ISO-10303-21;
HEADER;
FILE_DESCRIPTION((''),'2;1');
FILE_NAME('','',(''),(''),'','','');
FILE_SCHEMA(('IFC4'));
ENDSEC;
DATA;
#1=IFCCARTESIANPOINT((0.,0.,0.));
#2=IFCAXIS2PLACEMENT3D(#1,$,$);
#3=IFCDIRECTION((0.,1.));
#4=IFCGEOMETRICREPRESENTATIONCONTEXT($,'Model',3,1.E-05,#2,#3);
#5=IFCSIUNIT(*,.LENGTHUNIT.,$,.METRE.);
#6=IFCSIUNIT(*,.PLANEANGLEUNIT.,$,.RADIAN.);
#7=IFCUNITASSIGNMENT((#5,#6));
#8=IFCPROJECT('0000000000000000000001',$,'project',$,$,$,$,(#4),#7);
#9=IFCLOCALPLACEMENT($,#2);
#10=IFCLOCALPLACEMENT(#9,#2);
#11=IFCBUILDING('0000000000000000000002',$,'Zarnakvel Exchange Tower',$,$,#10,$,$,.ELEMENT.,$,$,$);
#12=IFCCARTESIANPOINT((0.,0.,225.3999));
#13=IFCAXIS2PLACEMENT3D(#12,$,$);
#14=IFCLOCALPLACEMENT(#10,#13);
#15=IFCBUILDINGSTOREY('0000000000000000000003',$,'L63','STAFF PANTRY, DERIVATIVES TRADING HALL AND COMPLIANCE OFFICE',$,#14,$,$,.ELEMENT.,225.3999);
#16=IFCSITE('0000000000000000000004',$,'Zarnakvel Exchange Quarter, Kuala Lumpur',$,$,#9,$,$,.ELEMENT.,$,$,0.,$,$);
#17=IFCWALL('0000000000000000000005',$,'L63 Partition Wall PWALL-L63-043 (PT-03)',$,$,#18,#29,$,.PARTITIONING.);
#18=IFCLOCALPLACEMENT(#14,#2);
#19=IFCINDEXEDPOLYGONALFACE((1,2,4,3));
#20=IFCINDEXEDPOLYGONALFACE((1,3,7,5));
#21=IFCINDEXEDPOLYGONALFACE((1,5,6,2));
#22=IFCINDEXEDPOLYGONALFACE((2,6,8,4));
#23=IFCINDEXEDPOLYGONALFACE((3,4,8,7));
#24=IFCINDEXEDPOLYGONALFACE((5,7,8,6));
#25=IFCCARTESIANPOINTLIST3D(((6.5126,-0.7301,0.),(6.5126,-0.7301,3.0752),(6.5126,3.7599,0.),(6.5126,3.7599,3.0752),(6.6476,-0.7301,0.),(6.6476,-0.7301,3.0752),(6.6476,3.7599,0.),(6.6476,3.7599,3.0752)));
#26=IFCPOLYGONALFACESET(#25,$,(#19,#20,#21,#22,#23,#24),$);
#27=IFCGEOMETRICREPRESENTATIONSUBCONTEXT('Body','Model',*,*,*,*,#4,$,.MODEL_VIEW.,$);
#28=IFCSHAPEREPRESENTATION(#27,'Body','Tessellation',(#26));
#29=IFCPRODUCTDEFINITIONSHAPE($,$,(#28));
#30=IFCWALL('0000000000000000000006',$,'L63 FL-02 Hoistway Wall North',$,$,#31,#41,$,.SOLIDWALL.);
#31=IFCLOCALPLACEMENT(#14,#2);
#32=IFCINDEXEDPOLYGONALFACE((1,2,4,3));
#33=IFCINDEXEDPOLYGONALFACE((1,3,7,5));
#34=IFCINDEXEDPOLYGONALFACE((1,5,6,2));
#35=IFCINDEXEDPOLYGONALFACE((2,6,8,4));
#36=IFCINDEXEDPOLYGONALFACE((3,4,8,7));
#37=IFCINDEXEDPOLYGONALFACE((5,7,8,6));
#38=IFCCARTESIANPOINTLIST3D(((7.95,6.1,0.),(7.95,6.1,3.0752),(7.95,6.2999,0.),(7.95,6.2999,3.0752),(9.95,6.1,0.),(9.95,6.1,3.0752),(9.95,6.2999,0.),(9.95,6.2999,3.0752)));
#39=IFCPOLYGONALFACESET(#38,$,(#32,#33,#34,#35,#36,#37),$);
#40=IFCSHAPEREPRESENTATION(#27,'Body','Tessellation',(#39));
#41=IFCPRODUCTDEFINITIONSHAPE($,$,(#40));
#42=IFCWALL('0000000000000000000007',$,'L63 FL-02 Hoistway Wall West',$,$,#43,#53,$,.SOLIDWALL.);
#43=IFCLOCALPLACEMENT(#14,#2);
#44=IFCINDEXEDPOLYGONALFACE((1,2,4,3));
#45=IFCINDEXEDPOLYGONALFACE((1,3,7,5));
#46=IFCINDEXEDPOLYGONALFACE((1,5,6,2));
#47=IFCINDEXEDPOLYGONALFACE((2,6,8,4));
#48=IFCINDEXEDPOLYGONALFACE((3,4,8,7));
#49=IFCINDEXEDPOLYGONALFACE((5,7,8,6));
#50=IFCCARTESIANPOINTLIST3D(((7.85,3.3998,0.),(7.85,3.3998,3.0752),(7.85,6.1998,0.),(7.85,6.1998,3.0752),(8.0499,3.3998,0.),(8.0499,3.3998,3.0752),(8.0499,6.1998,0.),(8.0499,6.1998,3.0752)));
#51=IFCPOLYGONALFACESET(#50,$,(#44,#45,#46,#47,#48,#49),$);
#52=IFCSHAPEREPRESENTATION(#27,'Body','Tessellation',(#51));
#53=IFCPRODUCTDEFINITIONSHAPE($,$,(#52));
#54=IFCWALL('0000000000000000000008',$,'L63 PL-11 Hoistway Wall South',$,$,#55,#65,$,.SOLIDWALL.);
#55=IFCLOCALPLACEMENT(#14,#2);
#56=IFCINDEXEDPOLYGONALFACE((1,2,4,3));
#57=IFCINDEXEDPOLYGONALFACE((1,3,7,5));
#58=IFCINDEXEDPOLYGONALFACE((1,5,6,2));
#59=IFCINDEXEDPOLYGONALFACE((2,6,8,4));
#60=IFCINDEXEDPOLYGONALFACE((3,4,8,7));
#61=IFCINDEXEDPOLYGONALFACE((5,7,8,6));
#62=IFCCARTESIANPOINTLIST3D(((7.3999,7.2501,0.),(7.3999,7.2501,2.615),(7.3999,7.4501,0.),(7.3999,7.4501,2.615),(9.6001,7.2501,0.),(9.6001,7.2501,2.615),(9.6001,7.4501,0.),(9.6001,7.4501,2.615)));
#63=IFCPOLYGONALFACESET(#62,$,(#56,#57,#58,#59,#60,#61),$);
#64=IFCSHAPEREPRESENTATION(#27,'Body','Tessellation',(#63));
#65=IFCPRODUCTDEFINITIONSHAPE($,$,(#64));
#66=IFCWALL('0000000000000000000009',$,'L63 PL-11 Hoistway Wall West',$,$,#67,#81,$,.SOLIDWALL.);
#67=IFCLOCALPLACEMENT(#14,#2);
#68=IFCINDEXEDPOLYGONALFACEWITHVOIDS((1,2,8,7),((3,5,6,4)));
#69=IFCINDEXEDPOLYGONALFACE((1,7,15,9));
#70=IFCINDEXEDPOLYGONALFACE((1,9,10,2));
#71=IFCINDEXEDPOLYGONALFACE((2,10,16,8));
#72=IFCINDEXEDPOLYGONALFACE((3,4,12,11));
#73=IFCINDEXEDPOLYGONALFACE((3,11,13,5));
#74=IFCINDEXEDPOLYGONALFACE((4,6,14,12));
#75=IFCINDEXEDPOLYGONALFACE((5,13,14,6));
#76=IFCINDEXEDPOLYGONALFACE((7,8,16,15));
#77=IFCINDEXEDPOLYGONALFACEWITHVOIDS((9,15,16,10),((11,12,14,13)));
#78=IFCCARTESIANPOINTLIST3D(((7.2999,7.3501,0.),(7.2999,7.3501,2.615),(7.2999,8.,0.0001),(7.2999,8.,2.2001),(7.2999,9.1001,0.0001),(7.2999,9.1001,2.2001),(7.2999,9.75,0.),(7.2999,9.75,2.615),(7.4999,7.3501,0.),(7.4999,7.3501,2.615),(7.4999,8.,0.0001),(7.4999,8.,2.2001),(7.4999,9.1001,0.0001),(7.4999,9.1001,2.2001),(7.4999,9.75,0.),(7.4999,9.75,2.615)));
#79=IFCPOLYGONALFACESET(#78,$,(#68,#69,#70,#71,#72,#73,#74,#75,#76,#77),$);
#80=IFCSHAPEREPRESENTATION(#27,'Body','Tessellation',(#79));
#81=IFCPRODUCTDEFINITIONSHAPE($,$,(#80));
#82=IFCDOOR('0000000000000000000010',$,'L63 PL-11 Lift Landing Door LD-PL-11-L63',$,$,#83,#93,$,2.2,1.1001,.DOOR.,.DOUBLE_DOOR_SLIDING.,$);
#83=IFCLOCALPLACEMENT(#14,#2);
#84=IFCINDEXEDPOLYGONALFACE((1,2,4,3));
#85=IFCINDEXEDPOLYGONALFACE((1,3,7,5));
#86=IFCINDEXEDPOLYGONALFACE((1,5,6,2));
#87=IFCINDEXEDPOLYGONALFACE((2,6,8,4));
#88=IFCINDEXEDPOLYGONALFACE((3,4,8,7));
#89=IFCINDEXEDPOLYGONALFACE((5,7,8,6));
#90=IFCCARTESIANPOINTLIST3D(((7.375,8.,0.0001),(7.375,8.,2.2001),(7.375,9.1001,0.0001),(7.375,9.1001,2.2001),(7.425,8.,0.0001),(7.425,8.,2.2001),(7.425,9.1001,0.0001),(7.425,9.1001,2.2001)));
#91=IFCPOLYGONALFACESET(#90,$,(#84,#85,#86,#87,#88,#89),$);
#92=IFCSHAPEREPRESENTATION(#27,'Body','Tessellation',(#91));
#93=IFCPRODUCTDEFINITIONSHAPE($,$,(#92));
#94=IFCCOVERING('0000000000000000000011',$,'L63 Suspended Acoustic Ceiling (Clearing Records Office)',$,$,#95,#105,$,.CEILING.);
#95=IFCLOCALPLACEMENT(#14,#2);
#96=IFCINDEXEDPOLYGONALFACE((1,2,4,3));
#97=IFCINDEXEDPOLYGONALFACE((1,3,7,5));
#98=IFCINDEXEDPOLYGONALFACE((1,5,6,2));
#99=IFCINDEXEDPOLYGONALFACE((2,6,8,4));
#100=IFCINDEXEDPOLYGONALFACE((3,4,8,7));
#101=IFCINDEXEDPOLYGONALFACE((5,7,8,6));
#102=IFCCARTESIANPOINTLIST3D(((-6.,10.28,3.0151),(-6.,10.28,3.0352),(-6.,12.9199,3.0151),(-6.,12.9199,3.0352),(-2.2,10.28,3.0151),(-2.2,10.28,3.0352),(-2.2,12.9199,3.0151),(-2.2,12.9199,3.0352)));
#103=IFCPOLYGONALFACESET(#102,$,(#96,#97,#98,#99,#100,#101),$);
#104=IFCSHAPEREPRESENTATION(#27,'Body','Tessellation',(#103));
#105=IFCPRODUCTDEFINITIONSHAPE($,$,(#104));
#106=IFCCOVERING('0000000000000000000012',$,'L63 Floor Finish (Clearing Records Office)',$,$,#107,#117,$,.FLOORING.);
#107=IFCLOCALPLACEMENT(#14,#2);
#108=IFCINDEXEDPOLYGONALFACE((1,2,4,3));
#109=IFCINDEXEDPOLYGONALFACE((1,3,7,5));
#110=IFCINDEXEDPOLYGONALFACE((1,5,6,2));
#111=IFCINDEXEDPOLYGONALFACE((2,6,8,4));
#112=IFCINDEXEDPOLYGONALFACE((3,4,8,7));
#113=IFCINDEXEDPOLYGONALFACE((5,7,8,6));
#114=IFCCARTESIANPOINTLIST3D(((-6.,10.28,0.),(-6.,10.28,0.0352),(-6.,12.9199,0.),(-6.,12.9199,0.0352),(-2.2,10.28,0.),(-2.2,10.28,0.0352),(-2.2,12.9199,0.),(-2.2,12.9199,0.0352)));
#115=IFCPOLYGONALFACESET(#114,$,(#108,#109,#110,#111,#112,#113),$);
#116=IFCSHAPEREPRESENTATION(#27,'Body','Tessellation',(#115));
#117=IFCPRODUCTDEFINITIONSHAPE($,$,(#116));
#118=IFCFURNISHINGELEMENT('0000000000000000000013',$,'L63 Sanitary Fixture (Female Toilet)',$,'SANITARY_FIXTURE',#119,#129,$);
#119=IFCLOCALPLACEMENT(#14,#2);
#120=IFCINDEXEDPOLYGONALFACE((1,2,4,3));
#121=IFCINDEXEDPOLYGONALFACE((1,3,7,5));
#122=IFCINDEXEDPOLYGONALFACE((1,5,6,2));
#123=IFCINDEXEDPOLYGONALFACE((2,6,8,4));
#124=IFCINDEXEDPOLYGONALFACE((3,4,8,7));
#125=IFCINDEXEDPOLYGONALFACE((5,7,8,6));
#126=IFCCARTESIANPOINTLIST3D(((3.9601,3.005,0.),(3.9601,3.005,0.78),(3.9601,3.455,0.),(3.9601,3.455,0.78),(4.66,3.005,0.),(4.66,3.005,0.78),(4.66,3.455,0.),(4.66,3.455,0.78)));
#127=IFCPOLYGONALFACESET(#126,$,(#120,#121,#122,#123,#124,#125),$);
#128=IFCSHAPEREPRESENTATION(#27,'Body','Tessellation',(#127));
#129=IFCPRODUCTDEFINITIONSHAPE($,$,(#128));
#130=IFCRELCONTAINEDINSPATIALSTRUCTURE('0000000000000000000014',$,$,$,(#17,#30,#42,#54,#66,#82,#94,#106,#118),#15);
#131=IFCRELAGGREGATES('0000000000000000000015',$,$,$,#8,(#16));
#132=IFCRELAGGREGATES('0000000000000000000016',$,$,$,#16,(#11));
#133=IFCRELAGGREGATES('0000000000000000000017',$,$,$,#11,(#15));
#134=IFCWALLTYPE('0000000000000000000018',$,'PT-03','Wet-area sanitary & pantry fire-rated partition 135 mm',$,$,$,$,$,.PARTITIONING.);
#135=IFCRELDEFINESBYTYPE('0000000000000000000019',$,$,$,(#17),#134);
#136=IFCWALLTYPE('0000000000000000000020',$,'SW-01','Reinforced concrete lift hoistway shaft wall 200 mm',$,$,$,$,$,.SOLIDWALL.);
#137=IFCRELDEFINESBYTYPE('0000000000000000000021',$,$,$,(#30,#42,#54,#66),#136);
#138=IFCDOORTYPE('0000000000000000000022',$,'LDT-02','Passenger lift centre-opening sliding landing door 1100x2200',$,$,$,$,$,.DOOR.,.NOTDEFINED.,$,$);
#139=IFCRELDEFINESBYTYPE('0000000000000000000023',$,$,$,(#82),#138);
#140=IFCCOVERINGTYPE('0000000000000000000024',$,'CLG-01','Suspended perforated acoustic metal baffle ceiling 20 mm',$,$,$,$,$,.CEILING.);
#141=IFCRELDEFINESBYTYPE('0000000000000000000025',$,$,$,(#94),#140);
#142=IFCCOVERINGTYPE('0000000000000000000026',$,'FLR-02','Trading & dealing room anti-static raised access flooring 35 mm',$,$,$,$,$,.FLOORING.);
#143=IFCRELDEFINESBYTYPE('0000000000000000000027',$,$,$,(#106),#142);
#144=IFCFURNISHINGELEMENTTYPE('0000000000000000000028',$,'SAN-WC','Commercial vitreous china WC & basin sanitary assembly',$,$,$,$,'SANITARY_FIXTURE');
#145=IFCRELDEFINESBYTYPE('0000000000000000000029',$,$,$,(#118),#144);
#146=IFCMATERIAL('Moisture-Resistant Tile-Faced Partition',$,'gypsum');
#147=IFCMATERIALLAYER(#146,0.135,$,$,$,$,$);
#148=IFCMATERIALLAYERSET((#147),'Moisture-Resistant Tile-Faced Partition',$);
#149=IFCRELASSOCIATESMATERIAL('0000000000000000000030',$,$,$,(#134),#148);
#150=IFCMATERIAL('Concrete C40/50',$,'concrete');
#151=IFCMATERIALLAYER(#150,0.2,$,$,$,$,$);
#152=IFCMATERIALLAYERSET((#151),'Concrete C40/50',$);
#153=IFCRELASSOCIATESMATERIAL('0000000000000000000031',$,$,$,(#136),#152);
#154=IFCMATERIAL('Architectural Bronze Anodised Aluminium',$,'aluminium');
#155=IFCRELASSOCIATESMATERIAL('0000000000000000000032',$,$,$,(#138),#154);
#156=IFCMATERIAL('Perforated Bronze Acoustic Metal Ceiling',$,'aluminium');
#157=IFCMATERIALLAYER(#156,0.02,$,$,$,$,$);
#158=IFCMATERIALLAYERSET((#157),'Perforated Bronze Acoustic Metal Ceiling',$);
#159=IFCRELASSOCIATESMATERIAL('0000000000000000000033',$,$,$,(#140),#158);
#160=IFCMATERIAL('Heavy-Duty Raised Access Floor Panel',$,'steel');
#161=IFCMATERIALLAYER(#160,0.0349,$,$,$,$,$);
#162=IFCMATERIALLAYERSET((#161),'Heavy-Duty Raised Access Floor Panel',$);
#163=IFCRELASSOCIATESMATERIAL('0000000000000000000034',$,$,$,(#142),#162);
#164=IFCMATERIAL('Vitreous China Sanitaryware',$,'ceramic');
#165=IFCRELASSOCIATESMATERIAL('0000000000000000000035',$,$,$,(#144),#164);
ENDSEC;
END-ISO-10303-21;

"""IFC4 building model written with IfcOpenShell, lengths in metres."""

from ifc_helpers import new_model, si_unit, direction, frame, frame_2d, origin, origin_2d, place, context, subcontext, project, spatial, polyline, rectangle, outline, extrude, source, transform, mapped, material, layer, layer_set, type_object, element, fill, save


model = new_model("IFC4")

# Units and contexts
model_context = context("Model", 3, precision=1e-05, world=origin(), true_north=direction((0.0, 1.0)))
body_context = subcontext(model_context, "Body", "Model", "MODEL_VIEW")
ifc_project = project(units=[si_unit("LENGTHUNIT", "METRE"), si_unit("PLANEANGLEUNIT", "RADIAN")], contexts=[model_context])

# Site, building, storey
site_placement = place(None, origin())
site = spatial("IfcSite", under=ifc_project, at=site_placement, Name="Zarnakvel Exchange Quarter, Kuala Lumpur", CompositionType="ELEMENT", RefElevation=0.0)
building_placement = place(site_placement, origin())
building = spatial("IfcBuilding", under=site, at=building_placement, Name="Zarnakvel Exchange Tower", CompositionType="ELEMENT")
storey_placement = place(building_placement, frame((0.0, 0.0, 225.3999)))
storey = spatial("IfcBuildingStorey", under=building, at=storey_placement, Name="L63", Description="STAFF PANTRY, DERIVATIVES TRADING HALL AND COMPLIANCE OFFICE", CompositionType="ELEMENT", Elevation=225.3999)

# Shared definitions
ifc_material_1 = material(Name="Concrete C40/50", Category="concrete")

# Walls
ifc_material_2 = material(Name="Moisture-Resistant Tile-Faced Partition", Category="gypsum")
ifc_layer_1 = layer(ifc_material_2, 0.135)
ifc_layer_set_1 = layer_set([ifc_layer_1], Name="Moisture-Resistant Tile-Faced Partition")
wall_type_1 = type_object("IfcWallType", Name="PT-03", Description="Wet-area sanitary & pantry fire-rated partition 135 mm", PredefinedType="PARTITIONING", material=ifc_layer_set_1)
wall_1_placement = place(storey_placement, frame((6.5801, 3.76, 0.0), z_axis=(0.0, 0.0, 1.0), x_axis=(0.0, -1.0, 0.0)))
element("IfcWall", 1, at=wall_1_placement, inside=storey, type_object=wall_type_1, Name="L63 Partition Wall PWALL-L63-043 (PT-03)", PredefinedType="PARTITIONING", context=body_context, shape_type="SweptSolid", body=[
    extrude(rectangle(XDim=4.49, YDim=0.135, at=frame_2d((2.2451, 0.0))), origin(), (0.0, 0.0, 1.0), 3.0752),
])
ifc_layer_2 = layer(ifc_material_1, 0.2)
ifc_layer_set_2 = layer_set([ifc_layer_2], Name="Concrete C40/50")
wall_type_2 = type_object("IfcWallType", Name="SW-01", Description="Reinforced concrete lift hoistway shaft wall 200 mm", PredefinedType="SOLIDWALL", material=ifc_layer_set_2)
wall_2_placement = place(storey_placement, frame((7.95, 6.2, 0.0), z_axis=(0.0, 0.0, 1.0), x_axis=(1.0, 0.0, 0.0)))
element("IfcWall", 2, at=wall_2_placement, inside=storey, type_object=wall_type_2, Name="L63 FL-02 Hoistway Wall North", PredefinedType="SOLIDWALL", context=body_context, shape_type="SweptSolid", body=[
    extrude(rectangle(XDim=2.0, YDim=0.2, at=frame_2d((1.0, 0.0))), origin(), (0.0, 0.0, 1.0), 3.0752),
])
wall_3_placement = place(storey_placement, frame((7.95, 3.3999, 0.0), z_axis=(0.0, 0.0, 1.0), x_axis=(0.0, 1.0, 0.0)))
element("IfcWall", 3, at=wall_3_placement, inside=storey, type_object=wall_type_2, Name="L63 FL-02 Hoistway Wall West", PredefinedType="SOLIDWALL", context=body_context, shape_type="SweptSolid", body=[
    extrude(rectangle(XDim=2.8, YDim=0.2, at=frame_2d((1.3999, 0.0))), origin(), (0.0, 0.0, 1.0), 3.0752),
])
wall_4_placement = place(storey_placement, frame((9.6001, 7.3501, 0.0), z_axis=(0.0, 0.0, 1.0), x_axis=(-1.0, 0.0, 0.0)))
element("IfcWall", 4, at=wall_4_placement, inside=storey, type_object=wall_type_2, Name="L63 PL-11 Hoistway Wall South", PredefinedType="SOLIDWALL", context=body_context, shape_type="SweptSolid", body=[
    extrude(rectangle(XDim=2.2002, YDim=0.2, at=frame_2d((1.1001, 0.0))), origin(), (0.0, 0.0, 1.0), 2.615),
])

# Wall, opening, door
wall_5_placement = place(storey_placement, frame((7.3999, 7.3501, 0.0), z_axis=(0.0, 0.0, 1.0), x_axis=(0.0, 1.0, 0.0)))
wall_5 = element("IfcWall", 5, at=wall_5_placement, inside=storey, type_object=wall_type_2, Name="L63 PL-11 Hoistway Wall West", PredefinedType="SOLIDWALL", context=body_context, shape_type="SweptSolid", body=[
    extrude(rectangle(XDim=2.3999, YDim=0.2, at=frame_2d((1.2, 0.0))), origin(), (0.0, 0.0, 1.0), 2.615),
])
opening_1_placement = place(wall_5_placement, frame((0.6499, 0.0, 0.0)))
opening_1 = element("IfcOpeningElement", 6, at=opening_1_placement, cuts=wall_5, PredefinedType="OPENING", context=body_context, shape_type="SweptSolid", body=[
    extrude(rectangle(XDim=1.1001, YDim=2.2, at=frame_2d((0.55, 1.1001))), frame((0.0, 0.1099, 0.0), z_axis=(0.0, -1.0, 0.0), x_axis=(1.0, 0.0, 0.0)), (0.0, 0.0, 1.0), 0.22),
])
ifc_material_3 = material(Name="Architectural Bronze Anodised Aluminium", Category="aluminium")
door_type_1 = type_object("IfcDoorType", Name="LDT-02", Description="Passenger lift centre-opening sliding landing door 1100x2200", OperationType="NOTDEFINED", PredefinedType="DOOR", material=ifc_material_3)
shared_shape_1 = source(origin(), body_context, "Body", "SweptSolid", [
    extrude(rectangle(XDim=1.1001, YDim=2.2, at=frame_2d((0.55, 1.1001))), frame((0.0, 0.0249, 0.0), z_axis=(0.0, -1.0, 0.0), x_axis=(1.0, 0.0, 0.0)), (0.0, 0.0, 1.0), 0.05),
])
door_1_placement = place(opening_1_placement, origin())
door_1 = element("IfcDoor", 7, at=door_1_placement, inside=storey, type_object=door_type_1, Name="L63 PL-11 Lift Landing Door LD-PL-11-L63", OperationType="DOUBLE_DOOR_SLIDING", OverallHeight=2.2, OverallWidth=1.1001, PredefinedType="DOOR", context=body_context, shape_type="MappedRepresentation", body=[
    mapped(shared_shape_1, transform((0.0, 0.0, 0.0), x_axis=(1.0, 0.0, 0.0), y_axis=(0.0, 1.0, 0.0), z_axis=(0.0, 0.0, 1.0), scale=1.0)),
])
fill(opening_1, door_1)

# Coverings
ifc_material_4 = material(Name="Perforated Bronze Acoustic Metal Ceiling", Category="aluminium")
ifc_layer_3 = layer(ifc_material_4, 0.02)
ifc_layer_set_3 = layer_set([ifc_layer_3], Name="Perforated Bronze Acoustic Metal Ceiling")
covering_type_1 = type_object("IfcCoveringType", Name="CLG-01", Description="Suspended perforated acoustic metal baffle ceiling 20 mm", PredefinedType="CEILING", material=ifc_layer_set_3)
covering_1_placement = place(storey_placement, frame((0.0, 0.0, 3.0151)))
element("IfcCovering", 8, at=covering_1_placement, inside=storey, type_object=covering_type_1, Name="L63 Suspended Acoustic Ceiling (Clearing Records Office)", PredefinedType="CEILING", context=body_context, shape_type="SweptSolid", body=[
    extrude(outline(polyline([(-6.0, 12.9199), (-2.2, 12.9199), (-2.2, 10.28), (-6.0, 10.28), (-6.0, 12.9199)])), origin(), (0.0, 0.0, 1.0), 0.02),
])
ifc_material_5 = material(Name="Heavy-Duty Raised Access Floor Panel", Category="steel")
ifc_layer_4 = layer(ifc_material_5, 0.0349)
ifc_layer_set_4 = layer_set([ifc_layer_4], Name="Heavy-Duty Raised Access Floor Panel")
covering_type_2 = type_object("IfcCoveringType", Name="FLR-02", Description="Trading & dealing room anti-static raised access flooring 35 mm", PredefinedType="FLOORING", material=ifc_layer_set_4)
covering_2_placement = place(storey_placement, origin())
element("IfcCovering", 9, at=covering_2_placement, inside=storey, type_object=covering_type_2, Name="L63 Floor Finish (Clearing Records Office)", PredefinedType="FLOORING", context=body_context, shape_type="SweptSolid", body=[
    extrude(outline(polyline([(-6.0, 12.9199), (-2.2, 12.9199), (-2.2, 10.28), (-6.0, 10.28), (-6.0, 12.9199)])), origin(), (0.0, 0.0, 1.0), 0.0352),
])

# Furnishing element
ifc_material_6 = material(Name="Vitreous China Sanitaryware", Category="ceramic")
furnishing_element_type = type_object("IfcFurnishingElementType", Name="SAN-WC", Description="Commercial vitreous china WC & basin sanitary assembly", ElementType="SANITARY_FIXTURE", material=ifc_material_6)
shared_shape_2 = source(origin(), body_context, "Body", "SweptSolid", [
    extrude(rectangle(XDim=0.7, YDim=0.45, at=origin_2d()), origin(), (0.0, 0.0, 1.0), 0.78),
])
furnishing_placement = place(storey_placement, frame((4.3101, 3.23, 0.0), z_axis=(0.0, 0.0, 1.0), x_axis=(1.0, 0.0, 0.0)))
element("IfcFurnishingElement", 10, at=furnishing_placement, inside=storey, type_object=furnishing_element_type, Name="L63 Sanitary Fixture (Female Toilet)", ObjectType="SANITARY_FIXTURE", context=body_context, shape_type="MappedRepresentation", body=[
    mapped(shared_shape_2, transform((0.0, 0.0, 0.0), x_axis=(1.0, 0.0, 0.0), y_axis=(0.0, 1.0, 0.0), z_axis=(0.0, 0.0, 1.0), scale=1.0)),
])

save(model, "model.ifc")
